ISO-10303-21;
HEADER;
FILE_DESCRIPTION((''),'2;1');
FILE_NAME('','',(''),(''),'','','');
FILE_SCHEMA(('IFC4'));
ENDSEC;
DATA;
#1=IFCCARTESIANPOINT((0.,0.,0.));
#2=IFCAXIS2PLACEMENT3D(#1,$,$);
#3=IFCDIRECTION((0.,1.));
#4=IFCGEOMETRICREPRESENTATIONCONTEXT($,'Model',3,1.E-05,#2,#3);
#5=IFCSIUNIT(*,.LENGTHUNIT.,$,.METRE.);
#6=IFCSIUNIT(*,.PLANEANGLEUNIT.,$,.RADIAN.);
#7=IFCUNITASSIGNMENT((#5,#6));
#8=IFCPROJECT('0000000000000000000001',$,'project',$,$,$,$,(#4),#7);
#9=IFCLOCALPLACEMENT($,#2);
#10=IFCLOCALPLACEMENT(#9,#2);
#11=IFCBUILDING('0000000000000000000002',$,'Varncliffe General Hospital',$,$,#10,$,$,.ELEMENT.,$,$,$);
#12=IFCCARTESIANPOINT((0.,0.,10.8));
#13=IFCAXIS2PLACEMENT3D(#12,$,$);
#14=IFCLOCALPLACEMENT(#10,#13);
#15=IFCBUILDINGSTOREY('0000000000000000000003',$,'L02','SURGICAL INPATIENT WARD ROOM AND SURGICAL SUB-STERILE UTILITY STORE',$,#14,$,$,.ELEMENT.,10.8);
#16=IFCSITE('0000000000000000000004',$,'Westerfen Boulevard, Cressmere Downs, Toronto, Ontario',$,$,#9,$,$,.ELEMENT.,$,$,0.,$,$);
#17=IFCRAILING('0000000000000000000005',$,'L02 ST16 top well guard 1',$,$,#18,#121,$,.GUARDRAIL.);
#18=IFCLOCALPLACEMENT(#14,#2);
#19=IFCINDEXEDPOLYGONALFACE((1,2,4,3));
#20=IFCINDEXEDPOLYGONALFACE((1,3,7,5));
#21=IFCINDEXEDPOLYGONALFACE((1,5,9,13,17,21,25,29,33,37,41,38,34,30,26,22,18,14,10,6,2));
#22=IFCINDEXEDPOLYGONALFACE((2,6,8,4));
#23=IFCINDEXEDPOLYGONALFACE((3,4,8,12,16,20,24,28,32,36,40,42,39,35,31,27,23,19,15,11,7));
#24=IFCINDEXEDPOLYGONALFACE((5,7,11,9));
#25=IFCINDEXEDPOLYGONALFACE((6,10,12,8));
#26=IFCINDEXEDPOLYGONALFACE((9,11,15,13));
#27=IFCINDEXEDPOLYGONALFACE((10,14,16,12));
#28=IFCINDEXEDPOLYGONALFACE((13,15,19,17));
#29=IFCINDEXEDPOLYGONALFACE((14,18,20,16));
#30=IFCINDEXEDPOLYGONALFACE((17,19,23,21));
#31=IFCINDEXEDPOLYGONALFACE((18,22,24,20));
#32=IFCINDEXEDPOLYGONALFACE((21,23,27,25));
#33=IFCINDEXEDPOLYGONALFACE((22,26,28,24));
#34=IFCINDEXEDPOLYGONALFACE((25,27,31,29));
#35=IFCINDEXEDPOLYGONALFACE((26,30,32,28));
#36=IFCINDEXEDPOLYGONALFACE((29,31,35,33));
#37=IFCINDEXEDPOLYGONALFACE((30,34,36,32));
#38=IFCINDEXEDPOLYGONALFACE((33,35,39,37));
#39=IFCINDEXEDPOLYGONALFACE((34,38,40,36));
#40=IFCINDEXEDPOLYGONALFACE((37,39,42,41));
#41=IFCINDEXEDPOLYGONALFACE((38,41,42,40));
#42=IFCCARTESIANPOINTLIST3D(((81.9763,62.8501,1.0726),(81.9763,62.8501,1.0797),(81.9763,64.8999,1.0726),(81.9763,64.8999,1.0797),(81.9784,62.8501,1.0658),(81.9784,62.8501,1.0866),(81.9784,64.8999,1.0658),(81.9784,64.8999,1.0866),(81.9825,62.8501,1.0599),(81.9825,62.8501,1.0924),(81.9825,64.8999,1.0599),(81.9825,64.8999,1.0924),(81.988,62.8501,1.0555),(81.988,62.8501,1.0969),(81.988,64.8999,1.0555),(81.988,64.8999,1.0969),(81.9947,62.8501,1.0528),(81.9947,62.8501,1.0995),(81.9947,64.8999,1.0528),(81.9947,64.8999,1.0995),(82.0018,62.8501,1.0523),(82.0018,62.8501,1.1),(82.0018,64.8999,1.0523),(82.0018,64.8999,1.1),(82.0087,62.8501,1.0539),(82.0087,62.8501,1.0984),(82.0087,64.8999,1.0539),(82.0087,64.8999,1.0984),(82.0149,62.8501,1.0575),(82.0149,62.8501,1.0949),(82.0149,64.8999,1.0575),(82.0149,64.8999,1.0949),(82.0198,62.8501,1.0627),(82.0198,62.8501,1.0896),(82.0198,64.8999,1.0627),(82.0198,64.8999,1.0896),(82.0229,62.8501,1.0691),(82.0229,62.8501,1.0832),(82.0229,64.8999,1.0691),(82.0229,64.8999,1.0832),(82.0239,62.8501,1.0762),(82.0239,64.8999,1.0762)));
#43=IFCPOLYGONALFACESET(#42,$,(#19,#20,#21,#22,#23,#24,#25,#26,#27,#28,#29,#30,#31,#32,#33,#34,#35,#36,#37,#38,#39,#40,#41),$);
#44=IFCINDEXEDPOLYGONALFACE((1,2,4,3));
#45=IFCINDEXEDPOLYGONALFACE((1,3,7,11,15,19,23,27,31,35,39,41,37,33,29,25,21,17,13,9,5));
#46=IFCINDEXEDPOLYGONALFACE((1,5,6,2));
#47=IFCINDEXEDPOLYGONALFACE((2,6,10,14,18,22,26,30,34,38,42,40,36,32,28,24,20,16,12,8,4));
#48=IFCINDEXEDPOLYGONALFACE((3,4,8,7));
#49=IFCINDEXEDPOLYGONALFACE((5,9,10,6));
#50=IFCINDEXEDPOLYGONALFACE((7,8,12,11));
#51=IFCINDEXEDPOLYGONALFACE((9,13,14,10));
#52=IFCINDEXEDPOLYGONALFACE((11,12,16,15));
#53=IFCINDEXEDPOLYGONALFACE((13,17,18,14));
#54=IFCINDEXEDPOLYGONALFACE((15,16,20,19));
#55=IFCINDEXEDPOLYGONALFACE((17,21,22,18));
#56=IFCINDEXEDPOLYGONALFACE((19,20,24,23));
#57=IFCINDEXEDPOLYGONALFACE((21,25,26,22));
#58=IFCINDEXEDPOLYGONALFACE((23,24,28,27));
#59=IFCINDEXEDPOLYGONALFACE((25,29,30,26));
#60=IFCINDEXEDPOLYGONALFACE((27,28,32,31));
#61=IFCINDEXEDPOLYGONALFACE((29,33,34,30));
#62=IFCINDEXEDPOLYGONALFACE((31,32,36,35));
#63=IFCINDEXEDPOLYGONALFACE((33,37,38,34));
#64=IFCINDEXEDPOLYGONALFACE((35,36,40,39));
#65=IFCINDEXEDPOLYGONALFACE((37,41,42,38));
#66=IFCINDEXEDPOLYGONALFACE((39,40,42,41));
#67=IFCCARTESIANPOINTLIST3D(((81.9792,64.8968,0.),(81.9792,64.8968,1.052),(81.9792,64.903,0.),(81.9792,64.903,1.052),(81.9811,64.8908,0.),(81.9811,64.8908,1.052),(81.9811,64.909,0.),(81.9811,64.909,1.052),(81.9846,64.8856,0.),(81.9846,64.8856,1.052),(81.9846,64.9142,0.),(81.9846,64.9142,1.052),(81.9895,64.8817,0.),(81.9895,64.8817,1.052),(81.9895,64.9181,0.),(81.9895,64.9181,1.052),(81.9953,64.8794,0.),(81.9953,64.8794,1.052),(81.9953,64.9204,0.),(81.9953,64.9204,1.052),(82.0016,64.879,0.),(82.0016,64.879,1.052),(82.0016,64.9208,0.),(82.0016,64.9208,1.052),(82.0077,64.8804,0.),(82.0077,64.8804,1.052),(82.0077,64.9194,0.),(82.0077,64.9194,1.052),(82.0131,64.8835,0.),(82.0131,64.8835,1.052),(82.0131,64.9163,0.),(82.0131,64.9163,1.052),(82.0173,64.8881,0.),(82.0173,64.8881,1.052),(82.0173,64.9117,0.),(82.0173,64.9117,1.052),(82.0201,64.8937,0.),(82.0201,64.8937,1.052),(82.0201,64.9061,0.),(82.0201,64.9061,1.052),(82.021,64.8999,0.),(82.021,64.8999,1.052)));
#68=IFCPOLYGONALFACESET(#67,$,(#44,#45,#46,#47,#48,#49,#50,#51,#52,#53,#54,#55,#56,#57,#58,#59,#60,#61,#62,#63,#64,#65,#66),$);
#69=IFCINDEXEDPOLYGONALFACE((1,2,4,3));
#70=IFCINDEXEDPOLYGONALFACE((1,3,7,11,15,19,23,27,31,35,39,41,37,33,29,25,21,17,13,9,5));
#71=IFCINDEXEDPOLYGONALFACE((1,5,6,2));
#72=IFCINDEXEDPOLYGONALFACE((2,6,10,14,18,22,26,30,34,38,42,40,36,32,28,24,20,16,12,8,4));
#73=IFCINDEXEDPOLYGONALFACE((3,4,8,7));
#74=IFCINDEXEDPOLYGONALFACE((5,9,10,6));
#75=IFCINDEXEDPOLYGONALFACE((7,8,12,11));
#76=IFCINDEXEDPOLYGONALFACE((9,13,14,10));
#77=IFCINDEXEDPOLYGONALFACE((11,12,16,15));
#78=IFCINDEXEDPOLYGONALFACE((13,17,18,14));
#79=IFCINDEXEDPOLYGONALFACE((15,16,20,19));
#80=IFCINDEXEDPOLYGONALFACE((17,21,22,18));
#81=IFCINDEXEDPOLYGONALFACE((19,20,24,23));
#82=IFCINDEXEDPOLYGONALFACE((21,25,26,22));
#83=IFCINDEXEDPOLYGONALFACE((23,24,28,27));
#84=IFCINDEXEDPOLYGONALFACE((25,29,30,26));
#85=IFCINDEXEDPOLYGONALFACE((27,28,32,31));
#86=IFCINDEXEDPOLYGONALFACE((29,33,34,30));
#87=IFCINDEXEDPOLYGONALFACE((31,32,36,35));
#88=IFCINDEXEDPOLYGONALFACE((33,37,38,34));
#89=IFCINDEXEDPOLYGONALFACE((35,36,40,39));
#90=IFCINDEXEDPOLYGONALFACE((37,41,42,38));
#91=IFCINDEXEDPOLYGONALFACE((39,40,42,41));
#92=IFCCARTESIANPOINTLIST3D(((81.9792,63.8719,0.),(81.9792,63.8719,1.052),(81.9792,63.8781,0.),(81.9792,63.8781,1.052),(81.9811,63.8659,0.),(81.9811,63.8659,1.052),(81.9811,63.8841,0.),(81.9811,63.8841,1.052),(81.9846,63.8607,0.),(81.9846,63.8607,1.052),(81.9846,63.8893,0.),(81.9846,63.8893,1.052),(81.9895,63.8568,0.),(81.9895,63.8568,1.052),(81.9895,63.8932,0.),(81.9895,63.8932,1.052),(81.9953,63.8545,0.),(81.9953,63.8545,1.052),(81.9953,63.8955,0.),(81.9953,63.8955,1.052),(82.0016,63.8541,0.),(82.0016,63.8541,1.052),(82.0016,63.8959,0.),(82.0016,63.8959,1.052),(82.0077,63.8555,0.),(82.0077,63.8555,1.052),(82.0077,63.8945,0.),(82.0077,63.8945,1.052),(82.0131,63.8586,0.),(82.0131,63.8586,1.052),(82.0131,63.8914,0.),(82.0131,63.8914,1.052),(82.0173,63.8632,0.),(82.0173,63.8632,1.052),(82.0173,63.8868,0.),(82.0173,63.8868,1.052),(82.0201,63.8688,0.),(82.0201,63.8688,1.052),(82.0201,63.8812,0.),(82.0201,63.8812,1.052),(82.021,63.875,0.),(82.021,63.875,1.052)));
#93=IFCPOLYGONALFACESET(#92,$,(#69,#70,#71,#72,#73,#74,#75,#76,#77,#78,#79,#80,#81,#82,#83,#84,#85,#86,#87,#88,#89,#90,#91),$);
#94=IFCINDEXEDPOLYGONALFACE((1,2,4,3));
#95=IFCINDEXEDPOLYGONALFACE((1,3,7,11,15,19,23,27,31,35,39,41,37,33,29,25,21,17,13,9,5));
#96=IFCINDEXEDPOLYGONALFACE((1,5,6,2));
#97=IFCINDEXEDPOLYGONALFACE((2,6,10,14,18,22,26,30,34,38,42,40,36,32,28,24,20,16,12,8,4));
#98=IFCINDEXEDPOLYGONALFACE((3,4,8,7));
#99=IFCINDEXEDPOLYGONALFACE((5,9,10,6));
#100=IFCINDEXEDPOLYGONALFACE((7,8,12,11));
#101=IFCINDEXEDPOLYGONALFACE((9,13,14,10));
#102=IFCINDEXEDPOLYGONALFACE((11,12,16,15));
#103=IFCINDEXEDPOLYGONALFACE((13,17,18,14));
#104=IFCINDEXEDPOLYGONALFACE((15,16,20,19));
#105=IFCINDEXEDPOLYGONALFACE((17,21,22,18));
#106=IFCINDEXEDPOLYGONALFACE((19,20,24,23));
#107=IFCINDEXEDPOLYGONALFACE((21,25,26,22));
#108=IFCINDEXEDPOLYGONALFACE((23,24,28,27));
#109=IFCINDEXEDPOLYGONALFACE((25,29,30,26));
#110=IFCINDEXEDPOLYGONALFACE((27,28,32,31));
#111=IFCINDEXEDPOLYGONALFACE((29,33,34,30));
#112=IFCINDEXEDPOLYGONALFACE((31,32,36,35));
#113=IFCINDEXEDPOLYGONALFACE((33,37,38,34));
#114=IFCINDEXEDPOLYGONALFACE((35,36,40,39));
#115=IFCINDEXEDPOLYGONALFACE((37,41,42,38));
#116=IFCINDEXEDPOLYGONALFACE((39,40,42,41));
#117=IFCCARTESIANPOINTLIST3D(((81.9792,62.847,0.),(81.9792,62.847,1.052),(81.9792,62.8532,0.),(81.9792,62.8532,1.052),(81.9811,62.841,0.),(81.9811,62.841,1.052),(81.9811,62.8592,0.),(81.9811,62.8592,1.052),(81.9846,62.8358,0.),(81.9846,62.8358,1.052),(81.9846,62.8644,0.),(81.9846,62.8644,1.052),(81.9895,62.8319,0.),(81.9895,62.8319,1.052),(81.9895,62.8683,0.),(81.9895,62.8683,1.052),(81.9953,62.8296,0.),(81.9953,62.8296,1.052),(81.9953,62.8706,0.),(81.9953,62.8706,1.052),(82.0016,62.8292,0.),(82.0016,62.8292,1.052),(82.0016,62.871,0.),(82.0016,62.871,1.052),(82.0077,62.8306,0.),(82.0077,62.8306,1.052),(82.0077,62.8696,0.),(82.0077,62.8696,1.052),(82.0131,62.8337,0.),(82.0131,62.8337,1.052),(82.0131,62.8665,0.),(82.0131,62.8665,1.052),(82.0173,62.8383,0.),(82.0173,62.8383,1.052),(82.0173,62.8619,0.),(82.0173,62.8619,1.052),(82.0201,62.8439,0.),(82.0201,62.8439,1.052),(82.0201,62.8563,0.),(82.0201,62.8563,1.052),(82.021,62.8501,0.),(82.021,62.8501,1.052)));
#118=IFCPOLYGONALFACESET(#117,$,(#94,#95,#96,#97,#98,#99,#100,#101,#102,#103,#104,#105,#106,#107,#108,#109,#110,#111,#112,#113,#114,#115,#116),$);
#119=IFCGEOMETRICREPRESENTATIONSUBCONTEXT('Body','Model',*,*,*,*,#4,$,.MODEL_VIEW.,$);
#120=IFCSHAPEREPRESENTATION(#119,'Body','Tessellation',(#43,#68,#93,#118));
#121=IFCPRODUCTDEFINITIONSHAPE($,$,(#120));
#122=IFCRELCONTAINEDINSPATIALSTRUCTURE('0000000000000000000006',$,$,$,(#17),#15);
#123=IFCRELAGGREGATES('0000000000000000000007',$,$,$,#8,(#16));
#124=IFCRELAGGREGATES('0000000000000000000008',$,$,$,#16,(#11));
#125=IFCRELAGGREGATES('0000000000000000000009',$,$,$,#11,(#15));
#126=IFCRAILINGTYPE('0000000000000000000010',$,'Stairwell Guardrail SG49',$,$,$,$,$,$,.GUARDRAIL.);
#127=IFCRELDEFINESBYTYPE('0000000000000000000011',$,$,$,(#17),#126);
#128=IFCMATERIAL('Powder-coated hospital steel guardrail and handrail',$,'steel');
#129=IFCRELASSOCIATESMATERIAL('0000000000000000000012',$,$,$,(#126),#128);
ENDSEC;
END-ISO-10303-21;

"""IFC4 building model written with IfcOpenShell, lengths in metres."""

from ifc_helpers import new_model, si_unit, direction, frame, origin, origin_2d, place, context, subcontext, project, spatial, circle, extrude, material, type_object, element, save


model = new_model("IFC4")

# Units and contexts
model_context = context("Model", 3, precision=1e-05, world=origin(), true_north=direction((0.0, 1.0)))
body_context = subcontext(model_context, "Body", "Model", "MODEL_VIEW")
ifc_project = project(units=[si_unit("LENGTHUNIT", "METRE"), si_unit("PLANEANGLEUNIT", "RADIAN")], contexts=[model_context])

# Site, building, storey
site_placement = place(None, origin())
site = spatial("IfcSite", under=ifc_project, at=site_placement, Name="Westerfen Boulevard, Cressmere Downs, Toronto, Ontario", CompositionType="ELEMENT", RefElevation=0.0)
building_placement = place(site_placement, origin())
building = spatial("IfcBuilding", under=site, at=building_placement, Name="Varncliffe General Hospital", CompositionType="ELEMENT")
storey_placement = place(building_placement, frame((0.0, 0.0, 10.8)))
storey = spatial("IfcBuildingStorey", under=building, at=storey_placement, Name="L02", Description="SURGICAL INPATIENT WARD ROOM AND SURGICAL SUB-STERILE UTILITY STORE", CompositionType="ELEMENT", Elevation=10.8)

# Railing
ifc_material_1 = material(Name="Powder-coated hospital steel guardrail and handrail", Category="steel")
railing_type = type_object("IfcRailingType", Name="Stairwell Guardrail SG49", PredefinedType="GUARDRAIL", material=ifc_material_1)
railing_placement = place(storey_placement, frame((82.0, 64.8999, 0.0)))
element("IfcRailing", 1, at=railing_placement, inside=storey, type_object=railing_type, Name="L02 ST16 top well guard 1", PredefinedType="GUARDRAIL", context=body_context, shape_type="SweptSolid", body=[
    extrude(circle(Radius=0.0239, at=origin_2d()), frame((0.0, 0.0, 1.0762), z_axis=(0.0, -1.0, 0.0), x_axis=(1.0, 0.0, 0.0)), (0.0, 0.0, 1.0), 2.0498),
    extrude(circle(Radius=0.021, at=origin_2d()), origin(), (0.0, 0.0, 1.0), 1.052),
    extrude(circle(Radius=0.021, at=origin_2d()), frame((0.0, -1.0249, 0.0)), (0.0, 0.0, 1.0), 1.052),
    extrude(circle(Radius=0.021, at=origin_2d()), frame((0.0, -2.0498, 0.0)), (0.0, 0.0, 1.0), 1.052),
])

save(model, "model.ifc")
